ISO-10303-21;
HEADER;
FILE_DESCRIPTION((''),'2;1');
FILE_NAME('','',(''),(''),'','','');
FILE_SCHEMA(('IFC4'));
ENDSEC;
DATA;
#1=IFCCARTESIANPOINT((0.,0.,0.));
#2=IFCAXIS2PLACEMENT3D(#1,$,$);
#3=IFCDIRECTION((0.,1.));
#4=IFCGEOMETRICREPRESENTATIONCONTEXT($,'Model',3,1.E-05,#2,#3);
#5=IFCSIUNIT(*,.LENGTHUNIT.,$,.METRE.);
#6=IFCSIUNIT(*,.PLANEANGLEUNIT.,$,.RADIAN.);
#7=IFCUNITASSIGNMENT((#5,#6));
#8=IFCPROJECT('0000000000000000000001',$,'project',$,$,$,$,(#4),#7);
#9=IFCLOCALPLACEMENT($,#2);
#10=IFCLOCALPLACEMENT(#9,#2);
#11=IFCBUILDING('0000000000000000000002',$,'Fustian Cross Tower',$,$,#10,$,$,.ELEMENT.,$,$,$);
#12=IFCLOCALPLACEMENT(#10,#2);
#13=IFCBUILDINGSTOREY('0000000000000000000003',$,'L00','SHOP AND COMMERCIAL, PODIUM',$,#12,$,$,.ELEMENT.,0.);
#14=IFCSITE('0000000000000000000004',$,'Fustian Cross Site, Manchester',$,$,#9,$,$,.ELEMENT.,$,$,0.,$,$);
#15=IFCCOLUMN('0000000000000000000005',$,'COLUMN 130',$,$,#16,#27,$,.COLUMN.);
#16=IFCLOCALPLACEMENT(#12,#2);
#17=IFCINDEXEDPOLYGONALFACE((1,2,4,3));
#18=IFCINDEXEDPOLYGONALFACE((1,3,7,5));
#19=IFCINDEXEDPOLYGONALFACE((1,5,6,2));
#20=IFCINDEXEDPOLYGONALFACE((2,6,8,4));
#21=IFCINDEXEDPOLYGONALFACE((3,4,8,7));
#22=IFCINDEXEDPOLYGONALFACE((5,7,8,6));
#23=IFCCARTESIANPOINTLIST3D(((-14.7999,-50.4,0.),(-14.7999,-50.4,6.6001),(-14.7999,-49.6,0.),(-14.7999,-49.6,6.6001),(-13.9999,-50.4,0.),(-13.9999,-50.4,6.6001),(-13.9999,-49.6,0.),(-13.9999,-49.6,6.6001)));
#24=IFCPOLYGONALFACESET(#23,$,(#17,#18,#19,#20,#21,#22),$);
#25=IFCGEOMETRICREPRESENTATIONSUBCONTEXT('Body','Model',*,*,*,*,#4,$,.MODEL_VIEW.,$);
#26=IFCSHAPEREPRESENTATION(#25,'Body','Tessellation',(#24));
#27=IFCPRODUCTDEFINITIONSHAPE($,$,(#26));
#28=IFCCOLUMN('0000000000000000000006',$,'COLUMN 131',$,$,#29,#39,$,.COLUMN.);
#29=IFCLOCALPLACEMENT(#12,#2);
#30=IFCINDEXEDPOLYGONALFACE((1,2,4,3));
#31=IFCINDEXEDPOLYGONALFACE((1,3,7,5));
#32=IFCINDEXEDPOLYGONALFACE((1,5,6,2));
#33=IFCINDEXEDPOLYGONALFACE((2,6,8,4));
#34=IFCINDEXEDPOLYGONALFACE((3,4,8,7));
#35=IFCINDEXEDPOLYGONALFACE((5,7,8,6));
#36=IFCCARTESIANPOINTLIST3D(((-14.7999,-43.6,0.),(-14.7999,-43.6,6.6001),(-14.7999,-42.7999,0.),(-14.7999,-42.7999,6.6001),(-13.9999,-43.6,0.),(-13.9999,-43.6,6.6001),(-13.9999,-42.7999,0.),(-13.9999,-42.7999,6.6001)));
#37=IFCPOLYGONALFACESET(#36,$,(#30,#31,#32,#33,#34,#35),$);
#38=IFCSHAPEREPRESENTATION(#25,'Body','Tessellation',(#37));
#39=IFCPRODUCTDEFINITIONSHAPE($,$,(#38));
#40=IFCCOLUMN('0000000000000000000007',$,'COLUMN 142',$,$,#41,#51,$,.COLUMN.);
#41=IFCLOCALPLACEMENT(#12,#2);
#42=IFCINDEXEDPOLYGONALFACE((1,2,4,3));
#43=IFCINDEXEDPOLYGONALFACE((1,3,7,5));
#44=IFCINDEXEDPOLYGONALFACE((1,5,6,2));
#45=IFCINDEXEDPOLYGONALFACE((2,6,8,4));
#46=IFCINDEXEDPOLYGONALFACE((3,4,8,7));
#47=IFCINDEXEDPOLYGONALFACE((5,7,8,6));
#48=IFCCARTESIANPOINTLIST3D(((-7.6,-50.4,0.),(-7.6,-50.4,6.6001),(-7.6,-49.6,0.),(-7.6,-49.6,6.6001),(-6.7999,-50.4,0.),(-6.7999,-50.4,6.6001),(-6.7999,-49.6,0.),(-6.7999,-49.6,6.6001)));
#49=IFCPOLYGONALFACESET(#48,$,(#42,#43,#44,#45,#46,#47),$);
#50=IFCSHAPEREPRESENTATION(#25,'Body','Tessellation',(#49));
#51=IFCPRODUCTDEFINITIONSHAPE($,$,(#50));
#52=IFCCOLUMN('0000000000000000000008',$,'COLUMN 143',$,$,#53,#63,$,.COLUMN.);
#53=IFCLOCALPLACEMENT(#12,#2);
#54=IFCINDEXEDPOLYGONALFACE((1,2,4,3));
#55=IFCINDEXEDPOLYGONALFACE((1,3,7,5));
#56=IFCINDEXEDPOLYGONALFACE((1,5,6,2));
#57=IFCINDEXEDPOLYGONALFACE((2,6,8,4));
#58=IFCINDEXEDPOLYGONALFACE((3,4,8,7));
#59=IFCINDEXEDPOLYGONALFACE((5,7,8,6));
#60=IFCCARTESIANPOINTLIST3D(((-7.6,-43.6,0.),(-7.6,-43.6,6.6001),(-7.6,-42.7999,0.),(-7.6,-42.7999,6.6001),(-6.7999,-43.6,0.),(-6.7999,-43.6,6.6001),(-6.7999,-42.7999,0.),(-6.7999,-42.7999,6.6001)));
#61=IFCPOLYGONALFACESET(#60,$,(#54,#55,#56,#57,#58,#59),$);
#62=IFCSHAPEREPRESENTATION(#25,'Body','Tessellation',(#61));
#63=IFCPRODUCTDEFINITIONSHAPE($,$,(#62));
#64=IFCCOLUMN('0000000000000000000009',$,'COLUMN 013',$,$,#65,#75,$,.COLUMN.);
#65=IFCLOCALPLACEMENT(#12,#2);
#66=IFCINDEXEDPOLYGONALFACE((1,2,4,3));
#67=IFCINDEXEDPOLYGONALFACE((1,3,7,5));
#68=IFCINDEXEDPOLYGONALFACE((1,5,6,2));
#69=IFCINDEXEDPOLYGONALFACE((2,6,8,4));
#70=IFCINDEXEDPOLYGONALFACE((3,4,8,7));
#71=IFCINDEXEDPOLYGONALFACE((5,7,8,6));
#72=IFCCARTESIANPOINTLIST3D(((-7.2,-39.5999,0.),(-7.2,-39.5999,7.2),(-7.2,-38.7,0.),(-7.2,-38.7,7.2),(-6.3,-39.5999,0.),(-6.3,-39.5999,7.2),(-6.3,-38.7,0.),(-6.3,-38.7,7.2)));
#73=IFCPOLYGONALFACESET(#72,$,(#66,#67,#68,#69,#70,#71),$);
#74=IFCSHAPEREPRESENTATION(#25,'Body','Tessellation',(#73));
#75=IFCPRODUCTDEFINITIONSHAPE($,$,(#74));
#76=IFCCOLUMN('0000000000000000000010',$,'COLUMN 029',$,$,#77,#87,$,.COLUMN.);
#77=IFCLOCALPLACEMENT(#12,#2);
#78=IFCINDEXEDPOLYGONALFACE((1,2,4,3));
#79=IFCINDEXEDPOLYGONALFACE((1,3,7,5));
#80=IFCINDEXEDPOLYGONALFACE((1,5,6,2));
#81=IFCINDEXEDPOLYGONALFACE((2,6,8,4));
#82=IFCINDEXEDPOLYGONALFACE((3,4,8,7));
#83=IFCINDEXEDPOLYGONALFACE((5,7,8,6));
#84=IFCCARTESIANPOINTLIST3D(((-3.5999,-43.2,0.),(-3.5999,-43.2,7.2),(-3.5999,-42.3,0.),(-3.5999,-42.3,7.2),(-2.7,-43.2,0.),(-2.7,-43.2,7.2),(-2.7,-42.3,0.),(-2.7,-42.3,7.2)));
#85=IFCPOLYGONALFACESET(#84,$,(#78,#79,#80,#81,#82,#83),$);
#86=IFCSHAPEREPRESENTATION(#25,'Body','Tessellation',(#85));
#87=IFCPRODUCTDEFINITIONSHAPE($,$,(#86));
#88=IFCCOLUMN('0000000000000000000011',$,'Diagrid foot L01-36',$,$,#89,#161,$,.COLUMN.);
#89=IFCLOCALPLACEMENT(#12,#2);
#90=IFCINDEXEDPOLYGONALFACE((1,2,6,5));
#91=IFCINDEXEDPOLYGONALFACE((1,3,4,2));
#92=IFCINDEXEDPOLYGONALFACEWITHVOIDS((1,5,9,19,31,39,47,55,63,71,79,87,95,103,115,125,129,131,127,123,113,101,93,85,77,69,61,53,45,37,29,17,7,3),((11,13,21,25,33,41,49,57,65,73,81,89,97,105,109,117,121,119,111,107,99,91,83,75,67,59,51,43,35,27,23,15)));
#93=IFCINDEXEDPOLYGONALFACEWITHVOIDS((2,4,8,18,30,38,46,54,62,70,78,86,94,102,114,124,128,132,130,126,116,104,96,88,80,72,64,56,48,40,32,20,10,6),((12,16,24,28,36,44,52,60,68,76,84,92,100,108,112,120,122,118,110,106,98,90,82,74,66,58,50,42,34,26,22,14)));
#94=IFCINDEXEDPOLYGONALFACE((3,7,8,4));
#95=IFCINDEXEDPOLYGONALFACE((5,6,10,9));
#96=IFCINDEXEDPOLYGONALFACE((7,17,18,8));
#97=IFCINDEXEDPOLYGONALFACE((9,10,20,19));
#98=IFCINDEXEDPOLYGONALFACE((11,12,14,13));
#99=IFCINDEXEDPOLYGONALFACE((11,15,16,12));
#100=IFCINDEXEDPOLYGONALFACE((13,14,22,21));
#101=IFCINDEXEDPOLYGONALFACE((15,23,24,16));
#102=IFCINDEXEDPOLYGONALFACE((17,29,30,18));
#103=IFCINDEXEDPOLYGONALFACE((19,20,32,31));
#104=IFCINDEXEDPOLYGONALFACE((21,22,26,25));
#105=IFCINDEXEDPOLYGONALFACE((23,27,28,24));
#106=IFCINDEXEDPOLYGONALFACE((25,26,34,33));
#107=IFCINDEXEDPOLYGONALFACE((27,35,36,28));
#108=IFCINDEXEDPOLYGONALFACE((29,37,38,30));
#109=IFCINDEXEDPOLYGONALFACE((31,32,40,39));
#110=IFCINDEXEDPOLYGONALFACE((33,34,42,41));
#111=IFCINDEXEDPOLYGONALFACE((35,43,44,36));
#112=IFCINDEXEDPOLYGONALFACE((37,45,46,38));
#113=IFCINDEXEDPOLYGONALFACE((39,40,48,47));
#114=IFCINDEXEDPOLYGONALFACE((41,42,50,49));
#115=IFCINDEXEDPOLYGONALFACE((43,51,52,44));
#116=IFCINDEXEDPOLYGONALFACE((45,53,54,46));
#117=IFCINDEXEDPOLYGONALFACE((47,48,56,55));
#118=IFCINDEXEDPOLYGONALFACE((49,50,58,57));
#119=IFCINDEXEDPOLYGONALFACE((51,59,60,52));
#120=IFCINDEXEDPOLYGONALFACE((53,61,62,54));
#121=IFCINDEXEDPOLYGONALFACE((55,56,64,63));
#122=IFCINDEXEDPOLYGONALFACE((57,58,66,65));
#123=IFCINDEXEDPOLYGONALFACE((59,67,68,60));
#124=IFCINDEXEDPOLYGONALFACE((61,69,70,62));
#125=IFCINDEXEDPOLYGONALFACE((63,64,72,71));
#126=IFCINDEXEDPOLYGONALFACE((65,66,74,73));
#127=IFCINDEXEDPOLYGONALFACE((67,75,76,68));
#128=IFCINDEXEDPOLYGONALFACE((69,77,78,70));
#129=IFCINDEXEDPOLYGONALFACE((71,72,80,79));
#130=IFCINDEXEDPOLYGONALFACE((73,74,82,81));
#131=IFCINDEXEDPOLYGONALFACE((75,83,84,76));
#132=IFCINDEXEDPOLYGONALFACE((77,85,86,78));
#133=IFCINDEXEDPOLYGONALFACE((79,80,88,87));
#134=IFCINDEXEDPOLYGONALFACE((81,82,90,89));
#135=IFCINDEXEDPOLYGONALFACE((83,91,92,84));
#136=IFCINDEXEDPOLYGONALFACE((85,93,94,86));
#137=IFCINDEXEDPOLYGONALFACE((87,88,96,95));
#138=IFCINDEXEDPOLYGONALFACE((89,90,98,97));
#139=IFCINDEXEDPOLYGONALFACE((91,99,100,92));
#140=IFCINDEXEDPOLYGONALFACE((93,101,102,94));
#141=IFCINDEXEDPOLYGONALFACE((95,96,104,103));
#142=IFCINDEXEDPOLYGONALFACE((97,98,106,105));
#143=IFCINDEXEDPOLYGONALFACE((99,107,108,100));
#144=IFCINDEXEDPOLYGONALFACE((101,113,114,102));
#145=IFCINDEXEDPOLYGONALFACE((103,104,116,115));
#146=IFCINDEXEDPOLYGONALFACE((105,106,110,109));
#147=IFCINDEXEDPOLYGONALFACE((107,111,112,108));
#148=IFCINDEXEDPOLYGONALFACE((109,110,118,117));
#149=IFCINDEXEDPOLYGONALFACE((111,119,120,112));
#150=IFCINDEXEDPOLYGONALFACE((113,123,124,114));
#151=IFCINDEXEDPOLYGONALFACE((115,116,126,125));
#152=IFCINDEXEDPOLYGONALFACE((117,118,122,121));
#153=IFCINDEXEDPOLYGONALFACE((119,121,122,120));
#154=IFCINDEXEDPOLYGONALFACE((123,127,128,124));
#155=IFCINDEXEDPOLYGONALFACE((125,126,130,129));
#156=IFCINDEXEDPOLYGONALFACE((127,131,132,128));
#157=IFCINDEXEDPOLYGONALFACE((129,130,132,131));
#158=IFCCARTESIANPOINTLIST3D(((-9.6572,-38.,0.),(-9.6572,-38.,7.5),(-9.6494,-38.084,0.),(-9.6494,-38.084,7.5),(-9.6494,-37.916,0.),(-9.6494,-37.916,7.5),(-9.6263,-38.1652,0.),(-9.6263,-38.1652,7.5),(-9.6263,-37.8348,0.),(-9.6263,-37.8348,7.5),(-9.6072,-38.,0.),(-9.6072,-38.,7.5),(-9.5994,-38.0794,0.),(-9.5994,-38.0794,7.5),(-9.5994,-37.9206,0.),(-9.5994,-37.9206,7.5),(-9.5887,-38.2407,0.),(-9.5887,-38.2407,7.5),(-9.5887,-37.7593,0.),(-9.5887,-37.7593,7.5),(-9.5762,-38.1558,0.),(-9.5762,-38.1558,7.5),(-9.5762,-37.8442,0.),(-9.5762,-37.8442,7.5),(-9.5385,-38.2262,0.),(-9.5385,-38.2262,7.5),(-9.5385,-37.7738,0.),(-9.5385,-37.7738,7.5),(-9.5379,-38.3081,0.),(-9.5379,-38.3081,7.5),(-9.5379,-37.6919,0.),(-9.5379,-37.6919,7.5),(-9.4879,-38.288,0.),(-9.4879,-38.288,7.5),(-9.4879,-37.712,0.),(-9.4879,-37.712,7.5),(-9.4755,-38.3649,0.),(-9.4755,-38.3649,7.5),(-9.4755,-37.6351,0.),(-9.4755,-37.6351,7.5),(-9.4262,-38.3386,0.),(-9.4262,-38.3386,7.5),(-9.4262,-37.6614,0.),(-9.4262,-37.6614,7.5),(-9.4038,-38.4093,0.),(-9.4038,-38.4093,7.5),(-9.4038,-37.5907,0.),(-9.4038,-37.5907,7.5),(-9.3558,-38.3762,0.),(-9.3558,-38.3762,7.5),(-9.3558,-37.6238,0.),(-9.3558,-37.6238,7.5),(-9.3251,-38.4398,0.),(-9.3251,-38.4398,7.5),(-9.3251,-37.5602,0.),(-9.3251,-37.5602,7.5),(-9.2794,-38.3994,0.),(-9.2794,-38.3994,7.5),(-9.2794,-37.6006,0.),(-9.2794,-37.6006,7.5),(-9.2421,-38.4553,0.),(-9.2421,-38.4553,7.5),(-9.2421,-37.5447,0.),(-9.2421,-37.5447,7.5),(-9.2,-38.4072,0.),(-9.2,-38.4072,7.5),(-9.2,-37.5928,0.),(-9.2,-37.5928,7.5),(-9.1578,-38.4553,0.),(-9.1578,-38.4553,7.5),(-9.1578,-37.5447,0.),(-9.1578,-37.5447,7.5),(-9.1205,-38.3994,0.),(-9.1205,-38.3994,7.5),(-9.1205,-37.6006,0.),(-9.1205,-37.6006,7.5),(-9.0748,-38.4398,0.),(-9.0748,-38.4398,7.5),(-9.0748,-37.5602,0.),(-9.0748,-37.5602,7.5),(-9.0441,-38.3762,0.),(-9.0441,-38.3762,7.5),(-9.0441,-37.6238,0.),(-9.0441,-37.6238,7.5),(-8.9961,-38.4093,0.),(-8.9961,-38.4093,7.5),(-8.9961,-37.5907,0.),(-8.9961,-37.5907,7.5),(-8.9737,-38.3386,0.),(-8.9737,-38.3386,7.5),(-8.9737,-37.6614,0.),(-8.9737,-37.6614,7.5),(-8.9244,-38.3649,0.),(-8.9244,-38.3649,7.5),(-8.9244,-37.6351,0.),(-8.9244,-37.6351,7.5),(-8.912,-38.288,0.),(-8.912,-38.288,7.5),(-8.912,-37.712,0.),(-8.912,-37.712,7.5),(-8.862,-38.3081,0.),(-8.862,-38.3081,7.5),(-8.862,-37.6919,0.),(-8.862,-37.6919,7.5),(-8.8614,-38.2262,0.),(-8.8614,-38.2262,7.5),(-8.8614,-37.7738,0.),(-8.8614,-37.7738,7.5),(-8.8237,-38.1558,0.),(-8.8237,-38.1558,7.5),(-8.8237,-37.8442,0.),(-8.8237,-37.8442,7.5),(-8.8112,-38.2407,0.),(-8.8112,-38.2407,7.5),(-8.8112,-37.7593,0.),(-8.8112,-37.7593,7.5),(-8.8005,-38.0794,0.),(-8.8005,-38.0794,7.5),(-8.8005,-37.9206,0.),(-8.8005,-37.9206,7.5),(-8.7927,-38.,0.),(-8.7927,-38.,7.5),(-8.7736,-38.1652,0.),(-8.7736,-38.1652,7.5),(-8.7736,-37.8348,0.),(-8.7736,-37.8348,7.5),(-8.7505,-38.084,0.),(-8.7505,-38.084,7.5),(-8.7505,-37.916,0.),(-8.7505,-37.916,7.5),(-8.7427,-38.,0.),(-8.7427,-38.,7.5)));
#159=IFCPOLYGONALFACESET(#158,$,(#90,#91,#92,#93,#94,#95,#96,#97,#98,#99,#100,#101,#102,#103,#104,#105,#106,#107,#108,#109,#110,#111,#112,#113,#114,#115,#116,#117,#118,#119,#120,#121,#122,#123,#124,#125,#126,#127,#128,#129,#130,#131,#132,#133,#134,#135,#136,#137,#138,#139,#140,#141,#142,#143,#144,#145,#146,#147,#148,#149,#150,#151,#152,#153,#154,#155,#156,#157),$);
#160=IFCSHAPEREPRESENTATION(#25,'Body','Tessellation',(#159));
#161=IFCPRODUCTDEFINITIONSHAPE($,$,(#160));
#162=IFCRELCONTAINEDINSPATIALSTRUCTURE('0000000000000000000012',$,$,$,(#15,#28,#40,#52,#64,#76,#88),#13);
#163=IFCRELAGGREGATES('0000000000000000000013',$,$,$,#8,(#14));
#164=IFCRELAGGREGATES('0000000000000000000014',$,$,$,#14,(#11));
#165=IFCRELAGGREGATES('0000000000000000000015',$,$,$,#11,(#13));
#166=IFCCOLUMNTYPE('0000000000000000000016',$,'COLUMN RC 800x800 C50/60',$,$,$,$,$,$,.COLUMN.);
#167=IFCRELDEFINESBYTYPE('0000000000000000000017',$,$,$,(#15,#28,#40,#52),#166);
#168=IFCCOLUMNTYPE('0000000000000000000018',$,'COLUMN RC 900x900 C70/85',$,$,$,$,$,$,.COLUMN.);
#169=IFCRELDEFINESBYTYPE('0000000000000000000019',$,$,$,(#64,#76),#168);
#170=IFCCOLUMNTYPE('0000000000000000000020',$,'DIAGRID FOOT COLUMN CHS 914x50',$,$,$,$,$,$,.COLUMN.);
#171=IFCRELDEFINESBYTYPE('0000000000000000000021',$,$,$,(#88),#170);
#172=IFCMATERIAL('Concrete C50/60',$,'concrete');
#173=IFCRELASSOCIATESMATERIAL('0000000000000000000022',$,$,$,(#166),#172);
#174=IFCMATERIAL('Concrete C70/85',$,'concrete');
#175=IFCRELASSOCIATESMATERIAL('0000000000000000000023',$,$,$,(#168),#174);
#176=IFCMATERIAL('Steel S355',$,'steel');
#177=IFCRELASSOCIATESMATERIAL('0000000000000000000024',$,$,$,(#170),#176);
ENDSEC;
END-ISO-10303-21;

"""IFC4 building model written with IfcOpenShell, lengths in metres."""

from ifc_helpers import new_model, si_unit, direction, frame, origin, origin_2d, place, context, subcontext, project, spatial, rectangle, hollow_circle, extrude, material, material_profile, profile_set, type_object, element, save


model = new_model("IFC4")

# Units and contexts
model_context = context("Model", 3, precision=1e-05, world=origin(), true_north=direction((0.0, 1.0)))
body_context = subcontext(model_context, "Body", "Model", "MODEL_VIEW")
ifc_project = project(units=[si_unit("LENGTHUNIT", "METRE"), si_unit("PLANEANGLEUNIT", "RADIAN")], contexts=[model_context])

# Site, building, storey
site_placement = place(None, origin())
site = spatial("IfcSite", under=ifc_project, at=site_placement, Name="Fustian Cross Site, Manchester", CompositionType="ELEMENT", RefElevation=0.0)
building_placement = place(site_placement, origin())
building = spatial("IfcBuilding", under=site, at=building_placement, Name="Fustian Cross Tower", CompositionType="ELEMENT")
storey_placement = place(building_placement, origin())
storey = spatial("IfcBuildingStorey", under=building, at=storey_placement, Name="L00", Description="SHOP AND COMMERCIAL, PODIUM", CompositionType="ELEMENT", Elevation=0.0)

# Columns
ifc_material_1 = material(Name="Concrete C50/60", Category="concrete")
ifc_material_profile_1 = material_profile(ifc_material_1, rectangle(XDim=0.8, YDim=0.8, at=origin_2d()), Name="RC 800x800")
ifc_profile_set_1 = profile_set([ifc_material_profile_1], Name="Concrete C50/60")
column_type_1 = type_object("IfcColumnType", Name="COLUMN RC 800x800 C50/60", PredefinedType="COLUMN", material=ifc_profile_set_1)
for number, where, z_axis, x_axis, name in (
    (1, (-14.3999, -50.0, 0.0), (0.0, 0.0, 1.0), (1.0, 0.0, 0.0), "COLUMN 130"),
    (2, (-14.3999, -43.2, 0.0), (0.0, 0.0, 1.0), (1.0, 0.0, 0.0), "COLUMN 131"),
    (3, (-7.2, -50.0, 0.0), (0.0, 0.0, 1.0), (1.0, 0.0, 0.0), "COLUMN 142"),
    (4, (-7.2, -43.2, 0.0), (0.0, 0.0, 1.0), (1.0, 0.0, 0.0), "COLUMN 143"),
):
    element("IfcColumn", number, at=place(storey_placement, frame(where, z_axis=z_axis, x_axis=x_axis)), inside=storey, type_object=column_type_1, Name=name, PredefinedType="COLUMN", context=body_context, shape_type="SweptSolid", body=[
        extrude(rectangle(XDim=0.8, YDim=0.8, at=origin_2d()), origin(), (0.0, 0.0, 1.0), 6.6001),
    ])
ifc_material_2 = material(Name="Concrete C70/85", Category="concrete")
ifc_material_profile_2 = material_profile(ifc_material_2, rectangle(XDim=0.8999, YDim=0.8999, at=origin_2d()), Name="RC 900x900")
ifc_profile_set_2 = profile_set([ifc_material_profile_2], Name="Concrete C70/85")
column_type_2 = type_object("IfcColumnType", Name="COLUMN RC 900x900 C70/85", PredefinedType="COLUMN", material=ifc_profile_set_2)
for number, where, z_axis, x_axis, name in (
    (5, (-6.75, -39.1499, 0.0), (0.0, 0.0, 1.0), (1.0, 0.0, 0.0), "COLUMN 013"),
    (6, (-3.1499, -42.75, 0.0), (0.0, 0.0, 1.0), (1.0, 0.0, 0.0), "COLUMN 029"),
):
    element("IfcColumn", number, at=place(storey_placement, frame(where, z_axis=z_axis, x_axis=x_axis)), inside=storey, type_object=column_type_2, Name=name, PredefinedType="COLUMN", context=body_context, shape_type="SweptSolid", body=[
        extrude(rectangle(XDim=0.8999, YDim=0.8999, at=origin_2d()), origin(), (0.0, 0.0, 1.0), 7.2),
    ])
ifc_material_3 = material(Name="Steel S355", Category="steel")
ifc_material_profile_3 = material_profile(ifc_material_3, hollow_circle(Radius=0.4573, WallThickness=0.05, at=origin_2d()), Name="CHS 914x50")
ifc_profile_set_3 = profile_set([ifc_material_profile_3], Name="Steel S355")
column_type_3 = type_object("IfcColumnType", Name="DIAGRID FOOT COLUMN CHS 914x50", PredefinedType="COLUMN", material=ifc_profile_set_3)
for number, where, z_axis, x_axis, name in (
    (7, (-9.2, -38.0, 0.0), (0.0, 0.0, 1.0), (1.0, 0.0, 0.0), "Diagrid foot L01-36"),
):
    element("IfcColumn", number, at=place(storey_placement, frame(where, z_axis=z_axis, x_axis=x_axis)), inside=storey, type_object=column_type_3, Name=name, PredefinedType="COLUMN", context=body_context, shape_type="SweptSolid", body=[
        extrude(hollow_circle(Radius=0.4573, WallThickness=0.05, at=origin_2d()), origin(), (0.0, 0.0, 1.0), 7.5),
    ])

save(model, "model.ifc")
